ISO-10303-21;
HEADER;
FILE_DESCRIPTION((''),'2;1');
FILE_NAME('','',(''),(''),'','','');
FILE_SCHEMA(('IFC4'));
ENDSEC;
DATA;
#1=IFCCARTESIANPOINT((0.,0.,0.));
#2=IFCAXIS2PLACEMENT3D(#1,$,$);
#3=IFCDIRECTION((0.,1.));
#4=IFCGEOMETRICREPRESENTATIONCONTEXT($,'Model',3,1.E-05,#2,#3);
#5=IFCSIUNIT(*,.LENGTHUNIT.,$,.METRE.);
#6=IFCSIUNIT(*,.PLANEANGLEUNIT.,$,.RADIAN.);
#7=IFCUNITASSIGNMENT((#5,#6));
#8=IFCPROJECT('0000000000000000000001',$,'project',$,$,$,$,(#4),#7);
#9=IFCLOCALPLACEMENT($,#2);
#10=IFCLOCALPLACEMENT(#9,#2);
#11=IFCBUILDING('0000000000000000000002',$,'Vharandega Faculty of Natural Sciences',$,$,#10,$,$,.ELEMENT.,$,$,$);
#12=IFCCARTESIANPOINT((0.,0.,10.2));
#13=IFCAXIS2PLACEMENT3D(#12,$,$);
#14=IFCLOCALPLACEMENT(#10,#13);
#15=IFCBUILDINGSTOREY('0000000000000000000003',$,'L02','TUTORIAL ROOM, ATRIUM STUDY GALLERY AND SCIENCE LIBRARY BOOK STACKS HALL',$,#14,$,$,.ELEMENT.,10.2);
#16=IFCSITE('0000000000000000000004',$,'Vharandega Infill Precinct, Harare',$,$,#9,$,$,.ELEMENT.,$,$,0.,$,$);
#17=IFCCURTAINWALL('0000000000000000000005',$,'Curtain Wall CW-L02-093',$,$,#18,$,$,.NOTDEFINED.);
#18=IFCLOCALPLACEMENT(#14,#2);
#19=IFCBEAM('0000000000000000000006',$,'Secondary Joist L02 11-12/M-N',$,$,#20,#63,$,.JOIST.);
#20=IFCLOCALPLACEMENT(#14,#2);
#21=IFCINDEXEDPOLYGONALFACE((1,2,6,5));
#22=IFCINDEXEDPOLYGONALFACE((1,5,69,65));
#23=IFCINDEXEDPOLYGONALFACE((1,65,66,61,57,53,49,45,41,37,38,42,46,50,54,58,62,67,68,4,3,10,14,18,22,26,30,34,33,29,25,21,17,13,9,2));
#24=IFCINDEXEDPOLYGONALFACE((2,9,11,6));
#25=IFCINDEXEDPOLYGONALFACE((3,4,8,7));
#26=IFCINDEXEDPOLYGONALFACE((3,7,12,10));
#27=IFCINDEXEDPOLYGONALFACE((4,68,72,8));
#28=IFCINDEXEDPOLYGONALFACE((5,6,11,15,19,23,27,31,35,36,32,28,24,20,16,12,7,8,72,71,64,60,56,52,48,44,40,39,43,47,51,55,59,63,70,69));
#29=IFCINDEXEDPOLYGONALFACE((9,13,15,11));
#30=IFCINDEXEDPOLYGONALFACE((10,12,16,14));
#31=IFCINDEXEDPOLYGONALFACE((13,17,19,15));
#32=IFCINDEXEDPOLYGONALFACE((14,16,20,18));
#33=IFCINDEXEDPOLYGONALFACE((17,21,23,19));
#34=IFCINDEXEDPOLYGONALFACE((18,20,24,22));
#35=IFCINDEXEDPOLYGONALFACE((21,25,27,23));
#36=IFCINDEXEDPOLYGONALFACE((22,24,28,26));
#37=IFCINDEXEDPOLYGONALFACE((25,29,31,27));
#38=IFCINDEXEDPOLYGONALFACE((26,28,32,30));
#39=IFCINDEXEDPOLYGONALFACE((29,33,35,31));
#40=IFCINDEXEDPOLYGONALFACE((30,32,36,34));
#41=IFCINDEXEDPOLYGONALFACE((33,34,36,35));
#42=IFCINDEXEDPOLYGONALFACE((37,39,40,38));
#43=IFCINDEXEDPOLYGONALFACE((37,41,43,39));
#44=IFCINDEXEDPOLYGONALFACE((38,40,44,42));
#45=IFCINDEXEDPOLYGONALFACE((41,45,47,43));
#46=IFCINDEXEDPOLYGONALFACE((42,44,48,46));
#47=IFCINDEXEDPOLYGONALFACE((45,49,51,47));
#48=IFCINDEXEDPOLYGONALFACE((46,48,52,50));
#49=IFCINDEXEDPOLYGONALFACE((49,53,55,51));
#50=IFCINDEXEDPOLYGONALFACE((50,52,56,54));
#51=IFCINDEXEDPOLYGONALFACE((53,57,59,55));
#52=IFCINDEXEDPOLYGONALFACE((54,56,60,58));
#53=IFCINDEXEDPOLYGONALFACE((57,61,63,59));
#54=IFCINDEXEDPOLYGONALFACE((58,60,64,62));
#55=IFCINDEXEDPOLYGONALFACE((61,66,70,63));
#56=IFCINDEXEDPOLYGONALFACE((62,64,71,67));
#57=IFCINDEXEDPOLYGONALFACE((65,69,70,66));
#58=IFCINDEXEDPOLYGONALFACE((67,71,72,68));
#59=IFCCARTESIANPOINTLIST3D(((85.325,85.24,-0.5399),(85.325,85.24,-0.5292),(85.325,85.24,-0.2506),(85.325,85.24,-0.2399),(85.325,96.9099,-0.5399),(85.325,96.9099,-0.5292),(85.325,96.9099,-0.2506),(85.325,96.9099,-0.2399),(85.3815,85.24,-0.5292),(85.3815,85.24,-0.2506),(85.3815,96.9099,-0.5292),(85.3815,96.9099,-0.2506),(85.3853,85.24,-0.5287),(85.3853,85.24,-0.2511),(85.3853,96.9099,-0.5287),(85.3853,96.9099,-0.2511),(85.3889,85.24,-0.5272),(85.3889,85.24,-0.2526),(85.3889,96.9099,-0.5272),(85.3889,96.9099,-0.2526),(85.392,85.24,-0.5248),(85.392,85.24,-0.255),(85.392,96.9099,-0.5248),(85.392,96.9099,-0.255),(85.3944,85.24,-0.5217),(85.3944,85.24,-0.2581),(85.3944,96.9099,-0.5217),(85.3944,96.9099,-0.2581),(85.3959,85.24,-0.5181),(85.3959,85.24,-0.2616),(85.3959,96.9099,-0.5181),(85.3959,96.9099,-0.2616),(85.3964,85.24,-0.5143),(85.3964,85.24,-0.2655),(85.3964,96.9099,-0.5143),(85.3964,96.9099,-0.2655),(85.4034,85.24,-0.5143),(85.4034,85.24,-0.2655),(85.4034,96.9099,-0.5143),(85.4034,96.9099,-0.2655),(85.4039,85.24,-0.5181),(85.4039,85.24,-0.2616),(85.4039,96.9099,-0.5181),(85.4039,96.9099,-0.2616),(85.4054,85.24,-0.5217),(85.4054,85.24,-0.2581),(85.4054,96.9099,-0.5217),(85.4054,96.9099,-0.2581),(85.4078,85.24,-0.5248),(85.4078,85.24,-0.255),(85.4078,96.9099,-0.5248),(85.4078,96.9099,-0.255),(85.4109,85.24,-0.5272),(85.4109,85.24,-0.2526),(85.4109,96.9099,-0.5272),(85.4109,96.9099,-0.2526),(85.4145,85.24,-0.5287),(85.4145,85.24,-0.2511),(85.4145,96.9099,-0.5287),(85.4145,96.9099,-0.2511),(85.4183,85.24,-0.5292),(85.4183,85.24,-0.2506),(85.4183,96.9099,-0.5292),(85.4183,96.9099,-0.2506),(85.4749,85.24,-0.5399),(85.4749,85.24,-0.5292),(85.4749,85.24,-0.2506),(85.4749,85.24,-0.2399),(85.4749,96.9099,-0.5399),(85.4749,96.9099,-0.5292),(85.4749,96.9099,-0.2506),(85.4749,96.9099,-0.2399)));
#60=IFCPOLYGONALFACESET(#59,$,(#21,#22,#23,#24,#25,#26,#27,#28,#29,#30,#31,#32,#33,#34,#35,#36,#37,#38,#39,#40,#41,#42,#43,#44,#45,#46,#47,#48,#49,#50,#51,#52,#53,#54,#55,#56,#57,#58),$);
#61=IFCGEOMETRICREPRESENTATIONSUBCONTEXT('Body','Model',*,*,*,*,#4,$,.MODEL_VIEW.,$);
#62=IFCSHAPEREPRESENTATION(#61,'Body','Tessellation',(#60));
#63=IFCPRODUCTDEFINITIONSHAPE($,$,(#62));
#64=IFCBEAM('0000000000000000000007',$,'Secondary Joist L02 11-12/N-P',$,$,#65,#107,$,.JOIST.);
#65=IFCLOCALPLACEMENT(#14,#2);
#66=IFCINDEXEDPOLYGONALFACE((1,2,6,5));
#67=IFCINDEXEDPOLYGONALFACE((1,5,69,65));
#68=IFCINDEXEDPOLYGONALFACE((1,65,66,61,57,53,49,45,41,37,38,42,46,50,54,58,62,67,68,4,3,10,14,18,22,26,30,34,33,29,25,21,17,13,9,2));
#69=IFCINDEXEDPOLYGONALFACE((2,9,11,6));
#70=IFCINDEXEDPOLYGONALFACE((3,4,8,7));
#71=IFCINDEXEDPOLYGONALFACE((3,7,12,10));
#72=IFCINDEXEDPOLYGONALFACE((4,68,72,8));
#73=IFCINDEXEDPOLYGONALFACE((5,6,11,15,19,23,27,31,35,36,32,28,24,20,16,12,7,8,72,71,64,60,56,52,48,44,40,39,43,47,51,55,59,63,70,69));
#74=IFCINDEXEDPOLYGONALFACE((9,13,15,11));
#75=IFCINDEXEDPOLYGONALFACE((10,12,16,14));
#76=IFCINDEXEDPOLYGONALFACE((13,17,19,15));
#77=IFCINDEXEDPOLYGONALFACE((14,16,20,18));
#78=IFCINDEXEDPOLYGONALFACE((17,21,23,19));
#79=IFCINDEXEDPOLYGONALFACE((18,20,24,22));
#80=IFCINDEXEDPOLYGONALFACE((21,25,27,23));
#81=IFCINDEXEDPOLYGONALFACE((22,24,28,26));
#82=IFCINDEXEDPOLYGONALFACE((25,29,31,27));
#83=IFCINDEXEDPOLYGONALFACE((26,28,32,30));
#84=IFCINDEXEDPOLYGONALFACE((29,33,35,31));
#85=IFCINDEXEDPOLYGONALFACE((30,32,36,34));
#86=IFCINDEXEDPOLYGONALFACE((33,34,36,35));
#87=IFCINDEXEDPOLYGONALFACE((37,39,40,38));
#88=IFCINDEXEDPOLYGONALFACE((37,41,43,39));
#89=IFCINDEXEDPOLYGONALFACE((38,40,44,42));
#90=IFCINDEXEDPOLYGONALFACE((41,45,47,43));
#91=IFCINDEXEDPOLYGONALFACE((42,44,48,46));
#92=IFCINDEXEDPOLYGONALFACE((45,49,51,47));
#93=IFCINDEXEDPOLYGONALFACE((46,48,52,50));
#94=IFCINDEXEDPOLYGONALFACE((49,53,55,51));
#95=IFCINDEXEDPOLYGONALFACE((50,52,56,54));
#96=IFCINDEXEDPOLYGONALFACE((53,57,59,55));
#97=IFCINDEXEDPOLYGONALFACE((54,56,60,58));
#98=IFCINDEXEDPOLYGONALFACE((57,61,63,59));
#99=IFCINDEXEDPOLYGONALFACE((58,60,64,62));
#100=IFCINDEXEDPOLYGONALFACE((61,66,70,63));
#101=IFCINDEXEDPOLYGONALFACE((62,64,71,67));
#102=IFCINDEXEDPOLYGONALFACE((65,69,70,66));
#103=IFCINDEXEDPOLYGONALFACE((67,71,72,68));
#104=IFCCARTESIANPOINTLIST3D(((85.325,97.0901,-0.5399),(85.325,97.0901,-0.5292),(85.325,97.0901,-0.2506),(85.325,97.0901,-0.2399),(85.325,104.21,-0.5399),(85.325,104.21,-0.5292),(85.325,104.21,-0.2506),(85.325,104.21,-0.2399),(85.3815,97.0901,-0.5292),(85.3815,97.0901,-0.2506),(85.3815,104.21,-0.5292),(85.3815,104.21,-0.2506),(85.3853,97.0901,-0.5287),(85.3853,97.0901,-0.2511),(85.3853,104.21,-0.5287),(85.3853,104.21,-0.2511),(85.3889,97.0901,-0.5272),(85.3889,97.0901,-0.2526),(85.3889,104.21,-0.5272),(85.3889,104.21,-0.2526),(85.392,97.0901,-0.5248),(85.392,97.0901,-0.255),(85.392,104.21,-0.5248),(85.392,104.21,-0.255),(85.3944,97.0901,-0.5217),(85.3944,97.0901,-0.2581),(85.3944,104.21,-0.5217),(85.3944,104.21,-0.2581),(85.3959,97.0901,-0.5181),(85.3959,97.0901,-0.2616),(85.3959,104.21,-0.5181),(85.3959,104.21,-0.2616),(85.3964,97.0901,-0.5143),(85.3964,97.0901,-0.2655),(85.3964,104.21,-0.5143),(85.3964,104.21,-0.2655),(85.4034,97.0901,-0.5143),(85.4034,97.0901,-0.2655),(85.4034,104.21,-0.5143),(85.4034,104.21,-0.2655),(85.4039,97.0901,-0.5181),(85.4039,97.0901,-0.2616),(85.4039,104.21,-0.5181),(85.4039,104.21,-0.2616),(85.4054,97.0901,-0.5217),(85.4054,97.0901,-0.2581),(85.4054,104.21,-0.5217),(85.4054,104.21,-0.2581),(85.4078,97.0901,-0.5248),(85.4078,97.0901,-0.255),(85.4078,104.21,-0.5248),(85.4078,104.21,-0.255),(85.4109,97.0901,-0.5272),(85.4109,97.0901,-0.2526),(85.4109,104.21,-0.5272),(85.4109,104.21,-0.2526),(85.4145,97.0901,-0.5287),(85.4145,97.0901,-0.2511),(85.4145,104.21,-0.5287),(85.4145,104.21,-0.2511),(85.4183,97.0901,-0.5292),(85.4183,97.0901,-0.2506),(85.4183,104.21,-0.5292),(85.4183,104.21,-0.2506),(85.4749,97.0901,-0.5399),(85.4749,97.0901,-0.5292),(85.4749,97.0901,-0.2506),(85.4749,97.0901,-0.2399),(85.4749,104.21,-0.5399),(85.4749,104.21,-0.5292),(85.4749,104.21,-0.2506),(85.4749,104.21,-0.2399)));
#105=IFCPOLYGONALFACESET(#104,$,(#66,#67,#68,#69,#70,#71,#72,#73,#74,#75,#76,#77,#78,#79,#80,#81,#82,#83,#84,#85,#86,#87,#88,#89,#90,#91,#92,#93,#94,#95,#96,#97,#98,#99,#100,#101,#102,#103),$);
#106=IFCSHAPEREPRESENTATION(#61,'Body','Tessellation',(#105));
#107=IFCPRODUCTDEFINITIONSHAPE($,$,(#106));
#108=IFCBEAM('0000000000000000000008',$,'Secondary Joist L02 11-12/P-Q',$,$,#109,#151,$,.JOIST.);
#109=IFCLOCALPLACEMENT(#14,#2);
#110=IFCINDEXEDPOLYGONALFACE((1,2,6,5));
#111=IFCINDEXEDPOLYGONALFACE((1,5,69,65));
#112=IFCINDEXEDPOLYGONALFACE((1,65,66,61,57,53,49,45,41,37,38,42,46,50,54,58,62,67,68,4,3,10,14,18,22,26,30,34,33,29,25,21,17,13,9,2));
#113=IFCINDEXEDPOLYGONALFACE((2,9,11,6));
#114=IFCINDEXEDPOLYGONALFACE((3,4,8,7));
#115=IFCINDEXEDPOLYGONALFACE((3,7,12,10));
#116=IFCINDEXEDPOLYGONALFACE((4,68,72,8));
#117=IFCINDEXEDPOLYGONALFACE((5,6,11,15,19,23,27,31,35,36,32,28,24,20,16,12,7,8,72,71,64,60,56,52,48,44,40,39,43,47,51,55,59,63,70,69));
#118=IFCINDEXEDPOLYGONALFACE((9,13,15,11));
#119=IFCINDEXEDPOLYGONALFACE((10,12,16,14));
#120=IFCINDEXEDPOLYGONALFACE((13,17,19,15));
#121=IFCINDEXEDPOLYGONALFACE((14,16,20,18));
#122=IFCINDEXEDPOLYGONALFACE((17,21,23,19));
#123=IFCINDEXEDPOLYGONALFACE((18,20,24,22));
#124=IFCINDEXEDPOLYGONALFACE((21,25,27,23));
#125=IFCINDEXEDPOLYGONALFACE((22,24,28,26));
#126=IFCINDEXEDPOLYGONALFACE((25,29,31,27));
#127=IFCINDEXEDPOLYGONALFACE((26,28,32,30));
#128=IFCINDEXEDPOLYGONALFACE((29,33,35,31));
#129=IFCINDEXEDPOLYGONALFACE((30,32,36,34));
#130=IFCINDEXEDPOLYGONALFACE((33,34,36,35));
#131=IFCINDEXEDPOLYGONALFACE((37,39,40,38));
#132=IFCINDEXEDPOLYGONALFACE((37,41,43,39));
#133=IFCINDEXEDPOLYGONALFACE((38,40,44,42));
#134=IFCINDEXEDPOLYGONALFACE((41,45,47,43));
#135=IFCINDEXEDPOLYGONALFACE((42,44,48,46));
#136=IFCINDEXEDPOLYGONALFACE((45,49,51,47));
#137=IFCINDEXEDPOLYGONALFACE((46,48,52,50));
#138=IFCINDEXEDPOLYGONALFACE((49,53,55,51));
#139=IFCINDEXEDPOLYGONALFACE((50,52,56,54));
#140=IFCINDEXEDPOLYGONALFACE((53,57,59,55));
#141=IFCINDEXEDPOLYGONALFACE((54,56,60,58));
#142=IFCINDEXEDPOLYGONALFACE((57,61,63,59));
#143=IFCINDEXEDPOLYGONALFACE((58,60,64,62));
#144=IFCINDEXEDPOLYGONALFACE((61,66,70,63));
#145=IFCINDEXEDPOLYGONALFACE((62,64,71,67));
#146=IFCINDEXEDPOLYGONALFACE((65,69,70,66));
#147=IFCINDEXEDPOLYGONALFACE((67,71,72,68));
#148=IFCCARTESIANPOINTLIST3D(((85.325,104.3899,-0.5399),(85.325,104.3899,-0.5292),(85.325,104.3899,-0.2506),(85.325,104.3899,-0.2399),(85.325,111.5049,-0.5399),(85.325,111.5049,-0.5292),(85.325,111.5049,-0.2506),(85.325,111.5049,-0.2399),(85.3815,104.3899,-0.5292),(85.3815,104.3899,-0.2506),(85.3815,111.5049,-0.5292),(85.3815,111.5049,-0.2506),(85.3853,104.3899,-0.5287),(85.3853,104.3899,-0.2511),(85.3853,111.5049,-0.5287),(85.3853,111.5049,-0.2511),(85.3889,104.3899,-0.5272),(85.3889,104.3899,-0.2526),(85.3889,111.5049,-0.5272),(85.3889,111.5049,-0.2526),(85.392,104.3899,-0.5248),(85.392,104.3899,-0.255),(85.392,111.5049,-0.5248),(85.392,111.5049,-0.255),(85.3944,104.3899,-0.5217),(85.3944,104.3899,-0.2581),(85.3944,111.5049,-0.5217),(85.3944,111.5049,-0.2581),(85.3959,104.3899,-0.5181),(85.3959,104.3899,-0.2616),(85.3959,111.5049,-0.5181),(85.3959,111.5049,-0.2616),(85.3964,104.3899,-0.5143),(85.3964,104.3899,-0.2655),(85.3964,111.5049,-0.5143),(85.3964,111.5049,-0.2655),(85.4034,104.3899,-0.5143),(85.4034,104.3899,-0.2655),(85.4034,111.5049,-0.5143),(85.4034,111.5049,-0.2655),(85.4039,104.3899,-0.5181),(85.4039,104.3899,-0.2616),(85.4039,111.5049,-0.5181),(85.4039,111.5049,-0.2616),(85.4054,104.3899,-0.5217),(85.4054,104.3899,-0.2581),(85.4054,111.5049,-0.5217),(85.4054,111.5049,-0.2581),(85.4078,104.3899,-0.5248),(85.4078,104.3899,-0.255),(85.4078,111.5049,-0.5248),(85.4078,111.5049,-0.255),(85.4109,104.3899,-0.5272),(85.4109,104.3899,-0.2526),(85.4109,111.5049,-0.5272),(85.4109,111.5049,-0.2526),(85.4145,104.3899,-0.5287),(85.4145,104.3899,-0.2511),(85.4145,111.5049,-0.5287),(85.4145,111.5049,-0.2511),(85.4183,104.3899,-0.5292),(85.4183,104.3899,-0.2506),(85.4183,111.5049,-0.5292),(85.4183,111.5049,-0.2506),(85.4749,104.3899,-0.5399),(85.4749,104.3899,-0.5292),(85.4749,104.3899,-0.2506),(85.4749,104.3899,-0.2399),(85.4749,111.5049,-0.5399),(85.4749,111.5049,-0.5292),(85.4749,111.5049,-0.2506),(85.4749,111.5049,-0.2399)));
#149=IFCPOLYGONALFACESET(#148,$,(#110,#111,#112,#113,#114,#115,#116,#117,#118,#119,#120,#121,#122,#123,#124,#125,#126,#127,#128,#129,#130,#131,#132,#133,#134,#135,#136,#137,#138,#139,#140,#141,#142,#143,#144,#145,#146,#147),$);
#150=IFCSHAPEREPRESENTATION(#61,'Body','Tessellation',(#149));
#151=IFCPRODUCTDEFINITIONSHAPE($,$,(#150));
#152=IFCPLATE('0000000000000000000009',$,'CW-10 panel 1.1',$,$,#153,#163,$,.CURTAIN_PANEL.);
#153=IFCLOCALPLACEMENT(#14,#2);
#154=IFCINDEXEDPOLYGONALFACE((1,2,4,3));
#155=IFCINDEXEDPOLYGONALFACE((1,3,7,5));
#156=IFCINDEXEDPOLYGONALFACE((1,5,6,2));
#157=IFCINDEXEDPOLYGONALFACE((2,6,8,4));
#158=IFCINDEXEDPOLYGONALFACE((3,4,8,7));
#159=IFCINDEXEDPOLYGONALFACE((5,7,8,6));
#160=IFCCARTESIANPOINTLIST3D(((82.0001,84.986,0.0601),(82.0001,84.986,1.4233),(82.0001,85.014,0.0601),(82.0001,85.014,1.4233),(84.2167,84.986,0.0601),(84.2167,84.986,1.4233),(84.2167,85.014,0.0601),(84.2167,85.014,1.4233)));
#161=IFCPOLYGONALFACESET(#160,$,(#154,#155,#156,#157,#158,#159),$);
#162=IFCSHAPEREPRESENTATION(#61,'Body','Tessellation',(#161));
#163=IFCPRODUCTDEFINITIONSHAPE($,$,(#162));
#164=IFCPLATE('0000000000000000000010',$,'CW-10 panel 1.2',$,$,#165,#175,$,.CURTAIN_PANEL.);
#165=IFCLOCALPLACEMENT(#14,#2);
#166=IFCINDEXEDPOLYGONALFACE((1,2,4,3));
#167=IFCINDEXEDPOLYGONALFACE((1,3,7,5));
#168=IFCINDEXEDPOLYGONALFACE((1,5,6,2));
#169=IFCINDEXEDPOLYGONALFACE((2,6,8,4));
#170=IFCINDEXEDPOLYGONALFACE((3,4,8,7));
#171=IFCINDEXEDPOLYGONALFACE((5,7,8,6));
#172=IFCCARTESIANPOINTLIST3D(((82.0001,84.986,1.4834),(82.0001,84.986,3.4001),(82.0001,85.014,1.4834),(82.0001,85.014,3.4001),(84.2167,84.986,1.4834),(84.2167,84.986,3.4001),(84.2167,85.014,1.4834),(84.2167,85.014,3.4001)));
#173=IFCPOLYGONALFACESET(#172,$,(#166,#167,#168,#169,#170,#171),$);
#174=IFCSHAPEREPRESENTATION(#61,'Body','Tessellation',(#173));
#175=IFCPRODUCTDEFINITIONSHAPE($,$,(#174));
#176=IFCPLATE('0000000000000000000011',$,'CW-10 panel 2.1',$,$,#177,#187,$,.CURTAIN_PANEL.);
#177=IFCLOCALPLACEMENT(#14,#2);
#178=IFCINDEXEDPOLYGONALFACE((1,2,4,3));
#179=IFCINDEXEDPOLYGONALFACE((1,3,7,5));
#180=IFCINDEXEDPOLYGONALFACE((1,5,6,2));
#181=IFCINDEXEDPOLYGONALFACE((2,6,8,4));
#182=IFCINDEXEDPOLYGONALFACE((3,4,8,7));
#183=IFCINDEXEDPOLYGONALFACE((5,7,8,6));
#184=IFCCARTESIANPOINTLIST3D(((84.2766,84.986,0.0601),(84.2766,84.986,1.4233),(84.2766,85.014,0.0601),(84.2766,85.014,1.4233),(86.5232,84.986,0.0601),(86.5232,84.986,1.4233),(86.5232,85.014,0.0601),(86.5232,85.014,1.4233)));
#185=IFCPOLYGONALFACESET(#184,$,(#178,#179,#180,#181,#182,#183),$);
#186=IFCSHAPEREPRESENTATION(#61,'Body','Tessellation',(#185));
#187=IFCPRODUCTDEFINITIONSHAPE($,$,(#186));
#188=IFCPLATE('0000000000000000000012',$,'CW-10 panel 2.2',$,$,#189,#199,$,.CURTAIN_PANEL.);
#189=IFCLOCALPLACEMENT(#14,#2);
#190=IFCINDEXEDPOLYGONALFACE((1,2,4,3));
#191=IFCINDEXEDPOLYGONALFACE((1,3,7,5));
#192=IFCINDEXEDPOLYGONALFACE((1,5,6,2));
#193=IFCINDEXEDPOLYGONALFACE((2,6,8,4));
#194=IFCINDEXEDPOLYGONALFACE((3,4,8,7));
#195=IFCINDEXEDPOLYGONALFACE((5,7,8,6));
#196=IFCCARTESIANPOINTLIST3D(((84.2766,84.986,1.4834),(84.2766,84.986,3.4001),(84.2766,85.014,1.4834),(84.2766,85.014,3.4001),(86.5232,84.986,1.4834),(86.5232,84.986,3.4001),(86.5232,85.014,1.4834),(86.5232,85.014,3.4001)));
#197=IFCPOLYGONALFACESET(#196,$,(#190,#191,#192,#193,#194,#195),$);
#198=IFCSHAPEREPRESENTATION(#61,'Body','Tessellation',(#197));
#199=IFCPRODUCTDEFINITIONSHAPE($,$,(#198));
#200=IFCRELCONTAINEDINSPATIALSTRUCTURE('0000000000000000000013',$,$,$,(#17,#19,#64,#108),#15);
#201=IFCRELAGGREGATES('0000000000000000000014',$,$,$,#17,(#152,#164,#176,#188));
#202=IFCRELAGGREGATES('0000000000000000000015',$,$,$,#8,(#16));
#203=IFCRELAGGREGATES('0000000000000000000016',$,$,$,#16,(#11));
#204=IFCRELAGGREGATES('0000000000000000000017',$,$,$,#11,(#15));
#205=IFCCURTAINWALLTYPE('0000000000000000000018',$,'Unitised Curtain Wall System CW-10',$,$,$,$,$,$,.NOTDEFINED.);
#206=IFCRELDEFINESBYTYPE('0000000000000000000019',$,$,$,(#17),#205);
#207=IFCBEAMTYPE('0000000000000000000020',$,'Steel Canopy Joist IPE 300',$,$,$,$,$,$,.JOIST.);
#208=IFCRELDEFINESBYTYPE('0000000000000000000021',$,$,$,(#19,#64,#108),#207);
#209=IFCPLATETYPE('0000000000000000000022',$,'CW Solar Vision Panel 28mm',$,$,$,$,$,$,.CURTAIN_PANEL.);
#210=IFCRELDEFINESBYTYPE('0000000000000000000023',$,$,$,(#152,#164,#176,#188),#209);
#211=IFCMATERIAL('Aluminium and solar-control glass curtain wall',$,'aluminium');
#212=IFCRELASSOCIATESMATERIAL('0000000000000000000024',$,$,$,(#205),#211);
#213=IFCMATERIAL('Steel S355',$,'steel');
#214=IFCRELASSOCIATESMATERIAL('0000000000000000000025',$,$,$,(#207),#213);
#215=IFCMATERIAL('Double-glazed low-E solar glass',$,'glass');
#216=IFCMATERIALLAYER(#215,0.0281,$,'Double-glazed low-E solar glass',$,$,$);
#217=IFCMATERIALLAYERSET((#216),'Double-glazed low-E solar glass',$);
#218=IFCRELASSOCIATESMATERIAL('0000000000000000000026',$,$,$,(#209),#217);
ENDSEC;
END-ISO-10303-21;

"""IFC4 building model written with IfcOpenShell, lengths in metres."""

from ifc_helpers import new_model, si_unit, direction, frame, origin, origin_2d, place, context, subcontext, project, spatial, rectangle, i_section, extrude, material, layer, layer_set, material_profile, profile_set, type_object, element, aggregate, save


model = new_model("IFC4")

# Units and contexts
model_context = context("Model", 3, precision=1e-05, world=origin(), true_north=direction((0.0, 1.0)))
body_context = subcontext(model_context, "Body", "Model", "MODEL_VIEW")
ifc_project = project(units=[si_unit("LENGTHUNIT", "METRE"), si_unit("PLANEANGLEUNIT", "RADIAN")], contexts=[model_context])

# Site, building, storey
site_placement = place(None, origin())
site = spatial("IfcSite", under=ifc_project, at=site_placement, Name="Vharandega Infill Precinct, Harare", CompositionType="ELEMENT", RefElevation=0.0)
building_placement = place(site_placement, origin())
building = spatial("IfcBuilding", under=site, at=building_placement, Name="Vharandega Faculty of Natural Sciences", CompositionType="ELEMENT")
storey_placement = place(building_placement, frame((0.0, 0.0, 10.2)))
storey = spatial("IfcBuildingStorey", under=building, at=storey_placement, Name="L02", Description="TUTORIAL ROOM, ATRIUM STUDY GALLERY AND SCIENCE LIBRARY BOOK STACKS HALL", CompositionType="ELEMENT", Elevation=10.2)

# Curtain wall
ifc_material_1 = material(Name="Aluminium and solar-control glass curtain wall", Category="aluminium")
curtain_wall_type = type_object("IfcCurtainWallType", Name="Unitised Curtain Wall System CW-10", PredefinedType="NOTDEFINED", material=ifc_material_1)
curtain_wall_placement = place(storey_placement, origin())
curtain_wall = element("IfcCurtainWall", 1, at=curtain_wall_placement, inside=storey, type_object=curtain_wall_type, Name="Curtain Wall CW-L02-093", PredefinedType="NOTDEFINED")

# Beams
ifc_material_2 = material(Name="Steel S355", Category="steel")
ifc_material_profile_1 = material_profile(ifc_material_2, i_section(OverallWidth=0.1499, OverallDepth=0.3, WebThickness=0.0071, FlangeThickness=0.0107, FilletRadius=0.0149, at=origin_2d()), Name="IPE 300")
ifc_profile_set_1 = profile_set([ifc_material_profile_1], Name="Steel S355")
beam_type_1 = type_object("IfcBeamType", Name="Steel Canopy Joist IPE 300", PredefinedType="JOIST", material=ifc_profile_set_1)
beam_1_placement = place(storey_placement, frame((85.3999, 85.24, -0.3899), z_axis=(0.0, 1.0, 0.0), x_axis=(-1.0, 0.0, 0.0)))
element("IfcBeam", 2, at=beam_1_placement, inside=storey, type_object=beam_type_1, Name="Secondary Joist L02 11-12/M-N", PredefinedType="JOIST", context=body_context, shape_type="SweptSolid", body=[
    extrude(i_section(OverallWidth=0.1499, OverallDepth=0.3, WebThickness=0.0071, FlangeThickness=0.0107, FilletRadius=0.0149, at=origin_2d()), origin(), (0.0, 0.0, 1.0), 11.6699),
])
beam_2_placement = place(storey_placement, frame((85.3999, 97.0901, -0.3899), z_axis=(0.0, 1.0, 0.0), x_axis=(-1.0, 0.0, 0.0)))
element("IfcBeam", 3, at=beam_2_placement, inside=storey, type_object=beam_type_1, Name="Secondary Joist L02 11-12/N-P", PredefinedType="JOIST", context=body_context, shape_type="SweptSolid", body=[
    extrude(i_section(OverallWidth=0.1499, OverallDepth=0.3, WebThickness=0.0071, FlangeThickness=0.0107, FilletRadius=0.0149, at=origin_2d()), origin(), (0.0, 0.0, 1.0), 7.1199),
])
beam_3_placement = place(storey_placement, frame((85.3999, 104.3899, -0.3899), z_axis=(0.0, 1.0, 0.0), x_axis=(-1.0, 0.0, 0.0)))
element("IfcBeam", 4, at=beam_3_placement, inside=storey, type_object=beam_type_1, Name="Secondary Joist L02 11-12/P-Q", PredefinedType="JOIST", context=body_context, shape_type="SweptSolid", body=[
    extrude(i_section(OverallWidth=0.1499, OverallDepth=0.3, WebThickness=0.0071, FlangeThickness=0.0107, FilletRadius=0.0149, at=origin_2d()), origin(), (0.0, 0.0, 1.0), 7.115),
])

# Plates
ifc_material_3 = material(Name="Double-glazed low-E solar glass", Category="glass")
ifc_layer = layer(ifc_material_3, 0.0281, Name="Double-glazed low-E solar glass")
ifc_layer_set = layer_set([ifc_layer], Name="Double-glazed low-E solar glass")
plate_type = type_object("IfcPlateType", Name="CW Solar Vision Panel 28mm", PredefinedType="CURTAIN_PANEL", material=ifc_layer_set)
plate_1_placement = place(storey_placement, frame((83.1084, 85.0, 0.0601), z_axis=(0.0, 0.0, 1.0), x_axis=(1.0, 0.0, 0.0)))
plate_1 = element("IfcPlate", 5, at=plate_1_placement, type_object=plate_type, Name="CW-10 panel 1.1", PredefinedType="CURTAIN_PANEL", context=body_context, shape_type="SweptSolid", body=[
    extrude(rectangle(XDim=2.2166, YDim=0.0281, at=origin_2d()), origin(), (0.0, 0.0, 1.0), 1.3633),
])
plate_2_placement = place(storey_placement, frame((83.1084, 85.0, 1.4834), z_axis=(0.0, 0.0, 1.0), x_axis=(1.0, 0.0, 0.0)))
plate_2 = element("IfcPlate", 6, at=plate_2_placement, type_object=plate_type, Name="CW-10 panel 1.2", PredefinedType="CURTAIN_PANEL", context=body_context, shape_type="SweptSolid", body=[
    extrude(rectangle(XDim=2.2166, YDim=0.0281, at=origin_2d()), origin(), (0.0, 0.0, 1.0), 1.9167),
])
plate_3_placement = place(storey_placement, frame((85.3999, 85.0, 0.0601), z_axis=(0.0, 0.0, 1.0), x_axis=(1.0, 0.0, 0.0)))
plate_3 = element("IfcPlate", 7, at=plate_3_placement, type_object=plate_type, Name="CW-10 panel 2.1", PredefinedType="CURTAIN_PANEL", context=body_context, shape_type="SweptSolid", body=[
    extrude(rectangle(XDim=2.2466, YDim=0.0281, at=origin_2d()), origin(), (0.0, 0.0, 1.0), 1.3633),
])
plate_4_placement = place(storey_placement, frame((85.3999, 85.0, 1.4834), z_axis=(0.0, 0.0, 1.0), x_axis=(1.0, 0.0, 0.0)))
plate_4 = element("IfcPlate", 8, at=plate_4_placement, type_object=plate_type, Name="CW-10 panel 2.2", PredefinedType="CURTAIN_PANEL", context=body_context, shape_type="SweptSolid", body=[
    extrude(rectangle(XDim=2.2466, YDim=0.0281, at=origin_2d()), origin(), (0.0, 0.0, 1.0), 1.9167),
])
aggregate(curtain_wall, [plate_1, plate_2, plate_3, plate_4])

save(model, "model.ifc")
